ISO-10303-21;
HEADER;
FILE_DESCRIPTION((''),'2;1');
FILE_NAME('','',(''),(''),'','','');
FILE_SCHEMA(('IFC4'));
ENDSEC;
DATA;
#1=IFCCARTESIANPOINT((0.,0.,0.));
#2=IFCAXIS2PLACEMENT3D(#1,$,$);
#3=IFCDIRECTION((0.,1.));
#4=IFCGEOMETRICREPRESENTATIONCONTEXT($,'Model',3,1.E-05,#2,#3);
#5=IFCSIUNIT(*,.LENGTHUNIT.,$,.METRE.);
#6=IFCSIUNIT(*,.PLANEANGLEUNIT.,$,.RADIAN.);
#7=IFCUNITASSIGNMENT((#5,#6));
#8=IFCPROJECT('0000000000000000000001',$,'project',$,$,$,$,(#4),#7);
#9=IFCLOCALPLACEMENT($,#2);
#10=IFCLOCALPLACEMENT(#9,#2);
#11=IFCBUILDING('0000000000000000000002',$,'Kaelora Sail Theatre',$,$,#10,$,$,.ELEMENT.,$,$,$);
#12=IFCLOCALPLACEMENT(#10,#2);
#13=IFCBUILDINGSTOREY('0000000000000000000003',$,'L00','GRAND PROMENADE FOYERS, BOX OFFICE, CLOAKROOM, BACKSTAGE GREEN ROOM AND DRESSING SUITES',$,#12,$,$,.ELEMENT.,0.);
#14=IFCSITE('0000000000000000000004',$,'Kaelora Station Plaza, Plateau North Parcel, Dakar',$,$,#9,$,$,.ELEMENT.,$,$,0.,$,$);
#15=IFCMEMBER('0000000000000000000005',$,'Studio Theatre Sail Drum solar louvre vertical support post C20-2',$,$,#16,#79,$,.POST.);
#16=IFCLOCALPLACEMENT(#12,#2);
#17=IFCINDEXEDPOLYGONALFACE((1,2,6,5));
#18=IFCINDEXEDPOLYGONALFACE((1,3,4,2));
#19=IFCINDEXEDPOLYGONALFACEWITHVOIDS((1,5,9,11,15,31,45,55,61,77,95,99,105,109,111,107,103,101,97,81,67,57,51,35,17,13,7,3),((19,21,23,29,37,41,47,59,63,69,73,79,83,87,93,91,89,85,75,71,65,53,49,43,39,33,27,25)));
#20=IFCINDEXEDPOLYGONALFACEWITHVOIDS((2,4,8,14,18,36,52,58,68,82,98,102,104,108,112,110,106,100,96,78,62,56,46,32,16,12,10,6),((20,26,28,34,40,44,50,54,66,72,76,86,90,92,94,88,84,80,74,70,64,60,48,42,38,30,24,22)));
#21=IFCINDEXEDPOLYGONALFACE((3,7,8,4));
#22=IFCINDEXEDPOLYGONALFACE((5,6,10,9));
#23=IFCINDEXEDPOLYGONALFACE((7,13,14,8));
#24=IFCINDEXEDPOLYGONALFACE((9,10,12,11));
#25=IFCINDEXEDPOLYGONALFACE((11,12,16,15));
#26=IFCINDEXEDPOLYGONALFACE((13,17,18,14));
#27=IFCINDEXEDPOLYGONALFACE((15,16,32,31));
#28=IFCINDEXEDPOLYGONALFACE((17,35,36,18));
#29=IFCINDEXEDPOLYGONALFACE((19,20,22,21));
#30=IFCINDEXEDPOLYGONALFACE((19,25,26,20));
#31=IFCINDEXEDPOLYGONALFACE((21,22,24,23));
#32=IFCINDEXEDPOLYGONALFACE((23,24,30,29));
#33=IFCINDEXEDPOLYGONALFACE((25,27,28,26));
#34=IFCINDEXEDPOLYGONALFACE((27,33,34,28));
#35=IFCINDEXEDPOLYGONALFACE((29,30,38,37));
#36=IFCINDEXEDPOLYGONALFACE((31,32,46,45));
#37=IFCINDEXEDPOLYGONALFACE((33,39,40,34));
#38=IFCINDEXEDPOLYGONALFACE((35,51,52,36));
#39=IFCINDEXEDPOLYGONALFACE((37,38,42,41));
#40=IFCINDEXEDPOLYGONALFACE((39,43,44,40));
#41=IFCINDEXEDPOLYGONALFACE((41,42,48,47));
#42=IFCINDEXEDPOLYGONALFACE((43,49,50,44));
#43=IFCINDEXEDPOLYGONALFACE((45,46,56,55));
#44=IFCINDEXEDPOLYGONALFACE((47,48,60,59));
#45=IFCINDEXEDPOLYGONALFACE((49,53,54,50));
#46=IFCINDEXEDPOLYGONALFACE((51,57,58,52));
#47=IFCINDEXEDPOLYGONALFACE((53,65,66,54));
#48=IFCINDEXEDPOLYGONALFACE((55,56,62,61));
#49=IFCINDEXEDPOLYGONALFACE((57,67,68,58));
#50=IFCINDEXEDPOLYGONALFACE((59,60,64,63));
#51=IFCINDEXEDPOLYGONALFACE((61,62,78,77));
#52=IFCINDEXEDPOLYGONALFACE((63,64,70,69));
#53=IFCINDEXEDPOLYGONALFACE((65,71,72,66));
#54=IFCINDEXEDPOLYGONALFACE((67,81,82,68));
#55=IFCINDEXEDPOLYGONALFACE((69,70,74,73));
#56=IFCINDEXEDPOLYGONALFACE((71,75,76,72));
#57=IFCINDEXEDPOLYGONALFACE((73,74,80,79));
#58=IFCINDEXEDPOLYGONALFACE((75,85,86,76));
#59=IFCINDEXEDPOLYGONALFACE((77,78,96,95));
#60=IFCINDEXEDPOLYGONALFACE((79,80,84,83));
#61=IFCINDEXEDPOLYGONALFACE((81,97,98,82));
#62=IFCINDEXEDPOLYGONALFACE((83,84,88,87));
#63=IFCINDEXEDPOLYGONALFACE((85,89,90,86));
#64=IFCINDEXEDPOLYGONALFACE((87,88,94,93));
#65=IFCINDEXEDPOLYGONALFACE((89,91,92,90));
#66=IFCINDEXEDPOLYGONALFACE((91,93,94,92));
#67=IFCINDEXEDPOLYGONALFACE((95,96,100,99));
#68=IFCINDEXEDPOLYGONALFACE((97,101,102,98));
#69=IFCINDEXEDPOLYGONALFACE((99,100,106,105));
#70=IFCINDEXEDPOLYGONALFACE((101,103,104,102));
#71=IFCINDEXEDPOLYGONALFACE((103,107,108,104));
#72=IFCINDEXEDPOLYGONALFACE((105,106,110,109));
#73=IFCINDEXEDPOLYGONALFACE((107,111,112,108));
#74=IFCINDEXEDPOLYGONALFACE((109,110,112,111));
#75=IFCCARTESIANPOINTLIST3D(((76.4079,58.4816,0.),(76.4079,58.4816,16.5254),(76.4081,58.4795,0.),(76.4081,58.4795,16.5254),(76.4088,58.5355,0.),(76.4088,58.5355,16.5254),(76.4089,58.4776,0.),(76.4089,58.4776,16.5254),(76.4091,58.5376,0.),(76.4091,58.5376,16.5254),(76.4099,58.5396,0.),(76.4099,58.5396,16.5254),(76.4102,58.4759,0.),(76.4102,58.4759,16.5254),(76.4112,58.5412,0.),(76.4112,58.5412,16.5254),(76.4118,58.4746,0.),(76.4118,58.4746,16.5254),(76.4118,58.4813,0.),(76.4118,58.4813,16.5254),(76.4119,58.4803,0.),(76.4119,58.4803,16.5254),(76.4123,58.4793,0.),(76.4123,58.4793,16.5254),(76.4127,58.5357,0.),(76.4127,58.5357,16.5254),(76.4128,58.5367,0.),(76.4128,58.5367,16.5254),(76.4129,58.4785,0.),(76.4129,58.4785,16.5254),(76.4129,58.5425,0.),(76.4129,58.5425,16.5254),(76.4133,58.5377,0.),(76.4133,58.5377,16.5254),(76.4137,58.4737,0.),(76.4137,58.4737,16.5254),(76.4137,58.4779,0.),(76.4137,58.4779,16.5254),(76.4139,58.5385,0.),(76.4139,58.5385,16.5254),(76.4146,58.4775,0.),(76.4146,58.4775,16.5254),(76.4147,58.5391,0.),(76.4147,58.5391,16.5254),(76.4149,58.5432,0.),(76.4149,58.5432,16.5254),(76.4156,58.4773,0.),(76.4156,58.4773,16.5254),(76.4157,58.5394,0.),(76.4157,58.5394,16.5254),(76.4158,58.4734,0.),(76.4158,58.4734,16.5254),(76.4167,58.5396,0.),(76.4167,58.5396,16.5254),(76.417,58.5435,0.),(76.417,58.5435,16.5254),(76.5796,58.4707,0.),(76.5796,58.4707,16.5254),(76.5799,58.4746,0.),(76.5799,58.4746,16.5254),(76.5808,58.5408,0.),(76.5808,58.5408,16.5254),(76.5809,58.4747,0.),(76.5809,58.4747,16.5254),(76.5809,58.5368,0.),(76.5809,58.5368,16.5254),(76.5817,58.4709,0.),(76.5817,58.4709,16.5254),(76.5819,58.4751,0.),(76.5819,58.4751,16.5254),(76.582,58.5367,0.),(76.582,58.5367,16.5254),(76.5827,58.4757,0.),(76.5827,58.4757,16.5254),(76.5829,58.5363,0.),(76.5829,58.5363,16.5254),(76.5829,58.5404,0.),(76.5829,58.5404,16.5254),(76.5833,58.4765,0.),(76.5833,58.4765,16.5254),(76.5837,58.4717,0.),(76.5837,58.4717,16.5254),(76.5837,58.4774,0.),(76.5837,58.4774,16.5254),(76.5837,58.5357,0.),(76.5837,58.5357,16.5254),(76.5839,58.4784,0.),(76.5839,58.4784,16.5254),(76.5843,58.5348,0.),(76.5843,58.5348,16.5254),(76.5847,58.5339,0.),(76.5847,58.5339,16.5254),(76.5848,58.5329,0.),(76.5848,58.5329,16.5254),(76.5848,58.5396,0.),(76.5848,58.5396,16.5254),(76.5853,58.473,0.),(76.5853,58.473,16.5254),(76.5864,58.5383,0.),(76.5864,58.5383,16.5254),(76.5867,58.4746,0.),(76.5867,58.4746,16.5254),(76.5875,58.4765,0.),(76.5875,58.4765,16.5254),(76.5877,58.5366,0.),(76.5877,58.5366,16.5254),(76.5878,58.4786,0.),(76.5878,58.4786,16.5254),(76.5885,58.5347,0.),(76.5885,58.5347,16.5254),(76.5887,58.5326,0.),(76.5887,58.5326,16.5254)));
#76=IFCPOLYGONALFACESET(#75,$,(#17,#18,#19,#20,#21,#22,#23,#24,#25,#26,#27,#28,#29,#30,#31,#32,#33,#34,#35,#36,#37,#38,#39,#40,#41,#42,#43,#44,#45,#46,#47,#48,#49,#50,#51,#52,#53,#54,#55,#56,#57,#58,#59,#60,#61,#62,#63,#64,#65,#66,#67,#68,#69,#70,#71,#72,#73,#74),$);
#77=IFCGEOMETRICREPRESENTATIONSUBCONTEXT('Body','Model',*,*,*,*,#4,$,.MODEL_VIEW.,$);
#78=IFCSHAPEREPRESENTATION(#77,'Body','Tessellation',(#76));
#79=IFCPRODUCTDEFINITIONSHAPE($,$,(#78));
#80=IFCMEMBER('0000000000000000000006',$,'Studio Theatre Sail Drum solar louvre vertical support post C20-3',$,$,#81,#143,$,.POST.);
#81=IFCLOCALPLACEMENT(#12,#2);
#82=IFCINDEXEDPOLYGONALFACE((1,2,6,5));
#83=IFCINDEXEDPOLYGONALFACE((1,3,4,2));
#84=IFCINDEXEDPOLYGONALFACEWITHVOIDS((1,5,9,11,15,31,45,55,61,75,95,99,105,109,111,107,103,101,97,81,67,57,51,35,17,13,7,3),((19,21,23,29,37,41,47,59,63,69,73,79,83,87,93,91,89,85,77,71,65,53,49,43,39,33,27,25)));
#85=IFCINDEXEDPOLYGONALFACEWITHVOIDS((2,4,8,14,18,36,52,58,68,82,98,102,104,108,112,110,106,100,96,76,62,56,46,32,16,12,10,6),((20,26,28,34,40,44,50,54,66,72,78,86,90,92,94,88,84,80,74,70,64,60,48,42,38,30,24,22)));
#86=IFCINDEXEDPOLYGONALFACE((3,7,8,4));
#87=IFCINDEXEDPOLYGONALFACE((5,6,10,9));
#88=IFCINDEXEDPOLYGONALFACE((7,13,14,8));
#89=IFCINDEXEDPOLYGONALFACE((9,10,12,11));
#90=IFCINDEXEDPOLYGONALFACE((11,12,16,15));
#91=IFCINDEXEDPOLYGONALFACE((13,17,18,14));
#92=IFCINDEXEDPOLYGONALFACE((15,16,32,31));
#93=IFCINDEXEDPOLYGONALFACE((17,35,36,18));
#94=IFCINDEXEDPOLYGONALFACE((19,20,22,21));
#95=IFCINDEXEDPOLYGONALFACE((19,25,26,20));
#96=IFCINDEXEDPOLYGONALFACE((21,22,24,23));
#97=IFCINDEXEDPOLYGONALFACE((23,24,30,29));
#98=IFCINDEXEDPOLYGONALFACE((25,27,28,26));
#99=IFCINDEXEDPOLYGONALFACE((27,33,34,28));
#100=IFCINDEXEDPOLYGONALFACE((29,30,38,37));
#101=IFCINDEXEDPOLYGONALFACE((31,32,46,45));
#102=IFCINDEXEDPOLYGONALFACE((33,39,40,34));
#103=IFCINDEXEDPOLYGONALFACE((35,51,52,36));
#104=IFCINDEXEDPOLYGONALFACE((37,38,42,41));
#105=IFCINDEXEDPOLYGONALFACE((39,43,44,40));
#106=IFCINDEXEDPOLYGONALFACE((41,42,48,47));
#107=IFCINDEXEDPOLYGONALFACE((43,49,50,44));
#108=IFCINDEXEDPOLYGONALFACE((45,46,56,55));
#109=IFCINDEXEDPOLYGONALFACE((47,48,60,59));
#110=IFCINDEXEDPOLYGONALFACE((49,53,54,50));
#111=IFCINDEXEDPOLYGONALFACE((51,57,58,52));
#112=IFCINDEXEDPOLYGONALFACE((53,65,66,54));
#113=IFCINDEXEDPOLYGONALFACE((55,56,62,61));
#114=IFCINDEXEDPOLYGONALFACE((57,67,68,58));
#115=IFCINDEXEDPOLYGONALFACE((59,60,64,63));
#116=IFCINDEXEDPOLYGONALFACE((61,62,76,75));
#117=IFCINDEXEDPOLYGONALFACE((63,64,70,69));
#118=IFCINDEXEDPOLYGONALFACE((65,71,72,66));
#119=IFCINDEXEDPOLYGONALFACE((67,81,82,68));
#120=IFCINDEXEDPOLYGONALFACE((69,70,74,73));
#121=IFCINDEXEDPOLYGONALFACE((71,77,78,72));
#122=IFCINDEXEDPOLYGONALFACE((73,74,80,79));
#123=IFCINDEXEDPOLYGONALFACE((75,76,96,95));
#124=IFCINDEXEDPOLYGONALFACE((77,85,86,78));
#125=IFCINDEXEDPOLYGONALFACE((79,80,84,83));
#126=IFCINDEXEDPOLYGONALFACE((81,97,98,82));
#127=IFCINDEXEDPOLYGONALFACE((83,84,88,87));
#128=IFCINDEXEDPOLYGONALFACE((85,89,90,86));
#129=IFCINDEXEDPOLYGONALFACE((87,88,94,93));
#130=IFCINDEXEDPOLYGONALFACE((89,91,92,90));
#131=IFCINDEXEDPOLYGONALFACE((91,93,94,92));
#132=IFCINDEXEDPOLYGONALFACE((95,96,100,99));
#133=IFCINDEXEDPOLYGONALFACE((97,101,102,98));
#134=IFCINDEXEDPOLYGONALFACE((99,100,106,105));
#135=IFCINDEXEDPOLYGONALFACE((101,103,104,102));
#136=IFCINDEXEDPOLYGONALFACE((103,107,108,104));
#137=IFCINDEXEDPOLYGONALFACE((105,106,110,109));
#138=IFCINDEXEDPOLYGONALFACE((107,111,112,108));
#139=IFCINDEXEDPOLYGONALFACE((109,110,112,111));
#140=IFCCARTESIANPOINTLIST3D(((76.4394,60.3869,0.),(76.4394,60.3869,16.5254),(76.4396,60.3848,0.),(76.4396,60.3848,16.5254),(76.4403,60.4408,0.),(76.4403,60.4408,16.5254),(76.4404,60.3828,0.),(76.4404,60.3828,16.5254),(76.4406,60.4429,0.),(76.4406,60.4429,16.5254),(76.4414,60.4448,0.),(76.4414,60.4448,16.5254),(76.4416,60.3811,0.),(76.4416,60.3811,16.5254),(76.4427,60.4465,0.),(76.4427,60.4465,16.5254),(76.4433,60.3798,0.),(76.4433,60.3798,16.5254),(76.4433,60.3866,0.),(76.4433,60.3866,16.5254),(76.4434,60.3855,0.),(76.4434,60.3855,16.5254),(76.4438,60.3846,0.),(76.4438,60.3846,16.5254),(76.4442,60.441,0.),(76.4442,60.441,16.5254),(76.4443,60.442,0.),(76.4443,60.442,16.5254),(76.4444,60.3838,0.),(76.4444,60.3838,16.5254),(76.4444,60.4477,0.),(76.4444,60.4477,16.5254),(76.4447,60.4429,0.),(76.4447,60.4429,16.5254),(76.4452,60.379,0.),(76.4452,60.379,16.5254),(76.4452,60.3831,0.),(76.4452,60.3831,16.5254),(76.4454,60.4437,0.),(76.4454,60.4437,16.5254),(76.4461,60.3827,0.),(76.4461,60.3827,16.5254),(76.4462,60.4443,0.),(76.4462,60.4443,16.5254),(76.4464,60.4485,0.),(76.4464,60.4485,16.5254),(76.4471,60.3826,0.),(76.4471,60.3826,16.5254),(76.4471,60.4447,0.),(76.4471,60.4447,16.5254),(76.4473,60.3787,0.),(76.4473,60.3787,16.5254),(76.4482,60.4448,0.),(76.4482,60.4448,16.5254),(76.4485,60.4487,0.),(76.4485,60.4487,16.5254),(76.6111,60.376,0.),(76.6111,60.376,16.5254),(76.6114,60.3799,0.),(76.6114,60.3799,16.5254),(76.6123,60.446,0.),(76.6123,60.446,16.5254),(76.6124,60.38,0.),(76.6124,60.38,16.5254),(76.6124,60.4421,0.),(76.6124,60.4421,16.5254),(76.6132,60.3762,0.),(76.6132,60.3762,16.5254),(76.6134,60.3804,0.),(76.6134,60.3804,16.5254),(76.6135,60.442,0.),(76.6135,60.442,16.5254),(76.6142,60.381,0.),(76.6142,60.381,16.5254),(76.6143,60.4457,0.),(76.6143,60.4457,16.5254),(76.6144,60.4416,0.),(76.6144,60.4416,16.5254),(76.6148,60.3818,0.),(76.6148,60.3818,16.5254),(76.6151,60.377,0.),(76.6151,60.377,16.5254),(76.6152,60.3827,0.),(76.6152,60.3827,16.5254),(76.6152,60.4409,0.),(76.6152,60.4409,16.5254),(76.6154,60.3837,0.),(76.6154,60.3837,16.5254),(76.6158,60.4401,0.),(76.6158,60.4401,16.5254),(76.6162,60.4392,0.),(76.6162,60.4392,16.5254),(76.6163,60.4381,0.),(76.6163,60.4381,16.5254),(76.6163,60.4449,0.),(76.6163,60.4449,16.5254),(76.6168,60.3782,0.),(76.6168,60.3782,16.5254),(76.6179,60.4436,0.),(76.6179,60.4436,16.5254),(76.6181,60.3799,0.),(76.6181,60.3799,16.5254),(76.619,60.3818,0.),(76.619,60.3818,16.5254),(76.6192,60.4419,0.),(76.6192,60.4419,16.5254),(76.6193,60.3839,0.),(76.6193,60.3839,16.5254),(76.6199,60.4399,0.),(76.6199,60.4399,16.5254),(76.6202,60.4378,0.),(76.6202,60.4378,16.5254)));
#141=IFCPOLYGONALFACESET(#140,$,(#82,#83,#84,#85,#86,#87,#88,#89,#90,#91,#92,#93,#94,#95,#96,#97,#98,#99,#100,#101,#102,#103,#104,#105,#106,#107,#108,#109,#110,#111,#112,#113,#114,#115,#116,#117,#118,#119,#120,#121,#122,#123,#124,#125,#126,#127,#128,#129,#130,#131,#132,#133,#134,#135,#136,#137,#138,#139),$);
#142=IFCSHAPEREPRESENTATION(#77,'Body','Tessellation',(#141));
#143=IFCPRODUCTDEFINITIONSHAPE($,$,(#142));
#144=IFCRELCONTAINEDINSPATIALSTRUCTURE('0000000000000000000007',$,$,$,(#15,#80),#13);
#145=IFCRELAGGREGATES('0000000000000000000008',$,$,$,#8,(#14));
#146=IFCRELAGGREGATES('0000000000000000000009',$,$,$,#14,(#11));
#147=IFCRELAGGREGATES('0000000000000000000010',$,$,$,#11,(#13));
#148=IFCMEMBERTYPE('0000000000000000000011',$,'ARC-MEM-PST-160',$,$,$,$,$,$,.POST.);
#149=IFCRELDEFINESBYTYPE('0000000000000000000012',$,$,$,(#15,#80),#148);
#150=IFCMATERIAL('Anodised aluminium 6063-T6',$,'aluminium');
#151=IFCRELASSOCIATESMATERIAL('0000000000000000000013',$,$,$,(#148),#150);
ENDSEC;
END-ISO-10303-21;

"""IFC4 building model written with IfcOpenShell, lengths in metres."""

from ifc_helpers import new_model, si_unit, direction, frame, origin, origin_2d, place, context, subcontext, project, spatial, hollow_rectangle, extrude, material, material_profile, profile_set, type_object, element, save


model = new_model("IFC4")

# Units and contexts
model_context = context("Model", 3, precision=1e-05, world=origin(), true_north=direction((0.0, 1.0)))
body_context = subcontext(model_context, "Body", "Model", "MODEL_VIEW")
ifc_project = project(units=[si_unit("LENGTHUNIT", "METRE"), si_unit("PLANEANGLEUNIT", "RADIAN")], contexts=[model_context])

# Site, building, storey
site_placement = place(None, origin())
site = spatial("IfcSite", under=ifc_project, at=site_placement, Name="Kaelora Station Plaza, Plateau North Parcel, Dakar", CompositionType="ELEMENT", RefElevation=0.0)
building_placement = place(site_placement, origin())
building = spatial("IfcBuilding", under=site, at=building_placement, Name="Kaelora Sail Theatre", CompositionType="ELEMENT")
storey_placement = place(building_placement, origin())
storey = spatial("IfcBuildingStorey", under=building, at=storey_placement, Name="L00", Description="GRAND PROMENADE FOYERS, BOX OFFICE, CLOAKROOM, BACKSTAGE GREEN ROOM AND DRESSING SUITES", CompositionType="ELEMENT", Elevation=0.0)

# Members
ifc_material_1 = material(Name="Anodised aluminium 6063-T6", Category="aluminium")
ifc_material_profile_1 = material_profile(ifc_material_1, hollow_rectangle(XDim=0.0701, YDim=0.1799, WallThickness=0.0039, InnerFilletRadius=0.0039, OuterFilletRadius=0.0081, at=origin_2d()), Name="ALU-MULL 70x180x4")
ifc_profile_set_1 = profile_set([ifc_material_profile_1], Name="Anodised aluminium 6063-T6")
member_type_1 = type_object("IfcMemberType", Name="ARC-MEM-PST-160", PredefinedType="POST", material=ifc_profile_set_1)
for number, where, z_axis, x_axis, name in (
    (1, (76.4983, 58.5071, 0.0), (0.0, 0.0, 1.0), (0.01658, 0.999863, 0.0), "Studio Theatre Sail Drum solar louvre vertical support post C20-2"),
    (2, (76.5298, 60.4124, 0.0), (0.0, 0.0, 1.0), (0.01658, 0.999863, 0.0), "Studio Theatre Sail Drum solar louvre vertical support post C20-3"),
):
    element("IfcMember", number, at=place(storey_placement, frame(where, z_axis=z_axis, x_axis=x_axis)), inside=storey, type_object=member_type_1, Name=name, PredefinedType="POST", context=body_context, shape_type="SweptSolid", body=[
        extrude(hollow_rectangle(XDim=0.0701, YDim=0.1799, WallThickness=0.0039, InnerFilletRadius=0.0039, OuterFilletRadius=0.0081, at=origin_2d()), origin(), (0.0, 0.0, 1.0), 16.5254),
    ])

save(model, "model.ifc")
